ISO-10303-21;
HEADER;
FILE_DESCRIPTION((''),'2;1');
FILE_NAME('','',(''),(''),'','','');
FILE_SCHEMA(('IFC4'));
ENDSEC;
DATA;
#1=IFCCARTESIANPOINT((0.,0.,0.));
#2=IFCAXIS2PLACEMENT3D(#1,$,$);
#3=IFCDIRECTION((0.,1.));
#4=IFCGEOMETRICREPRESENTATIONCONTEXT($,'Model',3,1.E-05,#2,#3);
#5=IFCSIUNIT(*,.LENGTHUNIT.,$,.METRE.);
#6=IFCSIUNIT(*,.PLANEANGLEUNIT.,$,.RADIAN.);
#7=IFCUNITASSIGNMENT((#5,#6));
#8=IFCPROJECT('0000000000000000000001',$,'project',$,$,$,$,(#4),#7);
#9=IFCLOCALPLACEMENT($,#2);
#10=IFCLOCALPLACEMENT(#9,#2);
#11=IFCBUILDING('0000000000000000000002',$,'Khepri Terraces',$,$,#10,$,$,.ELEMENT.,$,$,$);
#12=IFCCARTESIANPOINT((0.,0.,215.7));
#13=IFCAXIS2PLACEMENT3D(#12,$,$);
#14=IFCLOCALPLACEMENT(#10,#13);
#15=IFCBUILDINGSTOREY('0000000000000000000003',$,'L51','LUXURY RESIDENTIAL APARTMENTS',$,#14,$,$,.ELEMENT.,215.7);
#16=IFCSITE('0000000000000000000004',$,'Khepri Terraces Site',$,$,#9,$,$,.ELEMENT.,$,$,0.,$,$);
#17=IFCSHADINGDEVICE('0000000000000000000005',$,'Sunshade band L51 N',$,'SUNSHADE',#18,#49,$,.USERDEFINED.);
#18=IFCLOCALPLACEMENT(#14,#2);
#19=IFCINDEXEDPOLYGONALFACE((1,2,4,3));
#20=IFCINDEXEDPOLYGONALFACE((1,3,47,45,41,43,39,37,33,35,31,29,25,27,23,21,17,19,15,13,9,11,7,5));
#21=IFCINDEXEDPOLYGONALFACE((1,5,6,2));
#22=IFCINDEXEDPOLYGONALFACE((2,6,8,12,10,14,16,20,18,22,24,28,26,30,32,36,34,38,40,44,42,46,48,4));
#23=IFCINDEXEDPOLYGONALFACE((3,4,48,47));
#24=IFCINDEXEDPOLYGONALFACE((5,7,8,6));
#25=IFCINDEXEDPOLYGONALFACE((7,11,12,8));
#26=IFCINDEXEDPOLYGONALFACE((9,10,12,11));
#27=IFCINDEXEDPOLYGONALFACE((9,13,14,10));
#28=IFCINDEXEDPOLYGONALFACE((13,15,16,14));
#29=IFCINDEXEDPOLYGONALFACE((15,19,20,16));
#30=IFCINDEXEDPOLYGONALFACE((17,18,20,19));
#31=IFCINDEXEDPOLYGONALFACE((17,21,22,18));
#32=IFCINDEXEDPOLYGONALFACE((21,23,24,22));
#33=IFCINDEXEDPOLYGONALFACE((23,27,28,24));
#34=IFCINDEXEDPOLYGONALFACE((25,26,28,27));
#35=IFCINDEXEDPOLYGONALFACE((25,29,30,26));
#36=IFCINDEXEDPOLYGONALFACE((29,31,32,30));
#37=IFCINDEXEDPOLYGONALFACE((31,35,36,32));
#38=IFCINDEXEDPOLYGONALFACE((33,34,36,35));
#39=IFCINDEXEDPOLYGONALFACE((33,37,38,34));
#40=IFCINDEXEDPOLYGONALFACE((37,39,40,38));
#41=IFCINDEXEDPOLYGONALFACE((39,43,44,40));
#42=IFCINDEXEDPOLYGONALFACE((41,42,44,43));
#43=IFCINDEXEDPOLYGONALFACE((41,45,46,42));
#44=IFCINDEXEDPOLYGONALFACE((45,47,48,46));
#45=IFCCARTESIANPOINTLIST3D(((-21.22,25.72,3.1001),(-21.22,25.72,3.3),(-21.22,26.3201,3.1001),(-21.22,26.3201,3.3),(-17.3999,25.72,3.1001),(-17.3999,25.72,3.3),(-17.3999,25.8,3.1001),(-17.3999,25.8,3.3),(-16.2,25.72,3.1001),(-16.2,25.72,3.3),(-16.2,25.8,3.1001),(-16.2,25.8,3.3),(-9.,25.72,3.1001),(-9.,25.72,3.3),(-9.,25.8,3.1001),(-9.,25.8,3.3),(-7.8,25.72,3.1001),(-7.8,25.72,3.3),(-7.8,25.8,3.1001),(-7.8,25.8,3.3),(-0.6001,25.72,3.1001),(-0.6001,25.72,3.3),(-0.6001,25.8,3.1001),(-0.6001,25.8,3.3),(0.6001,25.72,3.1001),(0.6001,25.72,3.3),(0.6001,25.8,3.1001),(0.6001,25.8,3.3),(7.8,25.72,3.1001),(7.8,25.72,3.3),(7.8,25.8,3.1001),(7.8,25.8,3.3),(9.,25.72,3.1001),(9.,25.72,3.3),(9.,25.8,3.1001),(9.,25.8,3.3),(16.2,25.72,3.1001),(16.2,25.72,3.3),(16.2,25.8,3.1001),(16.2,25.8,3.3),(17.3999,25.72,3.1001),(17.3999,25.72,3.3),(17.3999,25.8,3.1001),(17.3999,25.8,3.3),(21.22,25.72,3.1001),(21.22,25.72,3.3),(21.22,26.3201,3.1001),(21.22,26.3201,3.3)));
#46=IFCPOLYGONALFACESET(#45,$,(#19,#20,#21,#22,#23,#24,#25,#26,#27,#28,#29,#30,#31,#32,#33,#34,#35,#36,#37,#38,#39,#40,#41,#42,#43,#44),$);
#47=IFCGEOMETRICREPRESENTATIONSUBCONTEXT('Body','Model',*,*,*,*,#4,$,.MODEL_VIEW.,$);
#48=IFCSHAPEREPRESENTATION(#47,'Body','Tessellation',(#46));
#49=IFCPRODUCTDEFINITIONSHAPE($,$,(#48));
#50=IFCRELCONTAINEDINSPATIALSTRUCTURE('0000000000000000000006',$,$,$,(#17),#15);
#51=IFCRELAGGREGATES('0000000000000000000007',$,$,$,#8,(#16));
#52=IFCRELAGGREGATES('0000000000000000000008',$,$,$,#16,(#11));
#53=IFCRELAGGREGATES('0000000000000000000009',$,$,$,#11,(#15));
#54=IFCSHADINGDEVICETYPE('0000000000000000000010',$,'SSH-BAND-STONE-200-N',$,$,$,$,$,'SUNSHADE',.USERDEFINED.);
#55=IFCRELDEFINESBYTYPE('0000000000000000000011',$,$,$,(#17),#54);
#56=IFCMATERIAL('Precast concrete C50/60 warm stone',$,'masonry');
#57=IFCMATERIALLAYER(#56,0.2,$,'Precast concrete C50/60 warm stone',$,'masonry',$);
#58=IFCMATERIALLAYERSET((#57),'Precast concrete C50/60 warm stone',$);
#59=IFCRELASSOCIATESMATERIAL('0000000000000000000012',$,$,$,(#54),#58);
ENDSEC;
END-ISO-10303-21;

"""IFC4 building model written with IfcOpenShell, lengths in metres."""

from ifc_helpers import new_model, si_unit, direction, frame, origin, place, context, subcontext, project, spatial, polyline, outline, extrude, material, layer, layer_set, type_object, element, save


model = new_model("IFC4")

# Units and contexts
model_context = context("Model", 3, precision=1e-05, world=origin(), true_north=direction((0.0, 1.0)))
body_context = subcontext(model_context, "Body", "Model", "MODEL_VIEW")
ifc_project = project(units=[si_unit("LENGTHUNIT", "METRE"), si_unit("PLANEANGLEUNIT", "RADIAN")], contexts=[model_context])

# Site, building, storey
site_placement = place(None, origin())
site = spatial("IfcSite", under=ifc_project, at=site_placement, Name="Khepri Terraces Site", CompositionType="ELEMENT", RefElevation=0.0)
building_placement = place(site_placement, origin())
building = spatial("IfcBuilding", under=site, at=building_placement, Name="Khepri Terraces", CompositionType="ELEMENT")
storey_placement = place(building_placement, frame((0.0, 0.0, 215.7)))
storey = spatial("IfcBuildingStorey", under=building, at=storey_placement, Name="L51", Description="LUXURY RESIDENTIAL APARTMENTS", CompositionType="ELEMENT", Elevation=215.7)

# Shading device
ifc_material_1 = material(Name="Precast concrete C50/60 warm stone", Category="masonry")
ifc_layer_1 = layer(ifc_material_1, 0.2, Name="Precast concrete C50/60 warm stone", Category="masonry")
ifc_layer_set_1 = layer_set([ifc_layer_1], Name="Precast concrete C50/60 warm stone")
shading_device_type_1 = type_object("IfcShadingDeviceType", Name="SSH-BAND-STONE-200-N", ElementType="SUNSHADE", PredefinedType="USERDEFINED", material=ifc_layer_set_1)
shading_device_1_placement = place(storey_placement, frame((0.0, 0.0, 3.1001)))
element("IfcShadingDevice", 1, at=shading_device_1_placement, inside=storey, type_object=shading_device_type_1, Name="Sunshade band L51 N", ObjectType="SUNSHADE", PredefinedType="USERDEFINED", context=body_context, shape_type="SweptSolid", body=[
    extrude(outline(polyline([(17.3999, 25.72), (21.22, 25.72), (21.22, 26.3201), (-21.22, 26.3201), (-21.22, 25.72), (-17.3999, 25.72), (-17.3999, 25.8), (-16.2, 25.8), (-16.2, 25.72), (-9.0, 25.72), (-9.0, 25.8), (-7.8, 25.8), (-7.8, 25.72), (-0.6001, 25.72), (-0.6001, 25.8), (0.6001, 25.8), (0.6001, 25.72), (7.8, 25.72), (7.8, 25.8), (9.0, 25.8), (9.0, 25.72), (16.2, 25.72), (16.2, 25.8), (17.3999, 25.8), (17.3999, 25.72)])), origin(), (0.0, 0.0, 1.0), 0.2),
])

save(model, "model.ifc")
